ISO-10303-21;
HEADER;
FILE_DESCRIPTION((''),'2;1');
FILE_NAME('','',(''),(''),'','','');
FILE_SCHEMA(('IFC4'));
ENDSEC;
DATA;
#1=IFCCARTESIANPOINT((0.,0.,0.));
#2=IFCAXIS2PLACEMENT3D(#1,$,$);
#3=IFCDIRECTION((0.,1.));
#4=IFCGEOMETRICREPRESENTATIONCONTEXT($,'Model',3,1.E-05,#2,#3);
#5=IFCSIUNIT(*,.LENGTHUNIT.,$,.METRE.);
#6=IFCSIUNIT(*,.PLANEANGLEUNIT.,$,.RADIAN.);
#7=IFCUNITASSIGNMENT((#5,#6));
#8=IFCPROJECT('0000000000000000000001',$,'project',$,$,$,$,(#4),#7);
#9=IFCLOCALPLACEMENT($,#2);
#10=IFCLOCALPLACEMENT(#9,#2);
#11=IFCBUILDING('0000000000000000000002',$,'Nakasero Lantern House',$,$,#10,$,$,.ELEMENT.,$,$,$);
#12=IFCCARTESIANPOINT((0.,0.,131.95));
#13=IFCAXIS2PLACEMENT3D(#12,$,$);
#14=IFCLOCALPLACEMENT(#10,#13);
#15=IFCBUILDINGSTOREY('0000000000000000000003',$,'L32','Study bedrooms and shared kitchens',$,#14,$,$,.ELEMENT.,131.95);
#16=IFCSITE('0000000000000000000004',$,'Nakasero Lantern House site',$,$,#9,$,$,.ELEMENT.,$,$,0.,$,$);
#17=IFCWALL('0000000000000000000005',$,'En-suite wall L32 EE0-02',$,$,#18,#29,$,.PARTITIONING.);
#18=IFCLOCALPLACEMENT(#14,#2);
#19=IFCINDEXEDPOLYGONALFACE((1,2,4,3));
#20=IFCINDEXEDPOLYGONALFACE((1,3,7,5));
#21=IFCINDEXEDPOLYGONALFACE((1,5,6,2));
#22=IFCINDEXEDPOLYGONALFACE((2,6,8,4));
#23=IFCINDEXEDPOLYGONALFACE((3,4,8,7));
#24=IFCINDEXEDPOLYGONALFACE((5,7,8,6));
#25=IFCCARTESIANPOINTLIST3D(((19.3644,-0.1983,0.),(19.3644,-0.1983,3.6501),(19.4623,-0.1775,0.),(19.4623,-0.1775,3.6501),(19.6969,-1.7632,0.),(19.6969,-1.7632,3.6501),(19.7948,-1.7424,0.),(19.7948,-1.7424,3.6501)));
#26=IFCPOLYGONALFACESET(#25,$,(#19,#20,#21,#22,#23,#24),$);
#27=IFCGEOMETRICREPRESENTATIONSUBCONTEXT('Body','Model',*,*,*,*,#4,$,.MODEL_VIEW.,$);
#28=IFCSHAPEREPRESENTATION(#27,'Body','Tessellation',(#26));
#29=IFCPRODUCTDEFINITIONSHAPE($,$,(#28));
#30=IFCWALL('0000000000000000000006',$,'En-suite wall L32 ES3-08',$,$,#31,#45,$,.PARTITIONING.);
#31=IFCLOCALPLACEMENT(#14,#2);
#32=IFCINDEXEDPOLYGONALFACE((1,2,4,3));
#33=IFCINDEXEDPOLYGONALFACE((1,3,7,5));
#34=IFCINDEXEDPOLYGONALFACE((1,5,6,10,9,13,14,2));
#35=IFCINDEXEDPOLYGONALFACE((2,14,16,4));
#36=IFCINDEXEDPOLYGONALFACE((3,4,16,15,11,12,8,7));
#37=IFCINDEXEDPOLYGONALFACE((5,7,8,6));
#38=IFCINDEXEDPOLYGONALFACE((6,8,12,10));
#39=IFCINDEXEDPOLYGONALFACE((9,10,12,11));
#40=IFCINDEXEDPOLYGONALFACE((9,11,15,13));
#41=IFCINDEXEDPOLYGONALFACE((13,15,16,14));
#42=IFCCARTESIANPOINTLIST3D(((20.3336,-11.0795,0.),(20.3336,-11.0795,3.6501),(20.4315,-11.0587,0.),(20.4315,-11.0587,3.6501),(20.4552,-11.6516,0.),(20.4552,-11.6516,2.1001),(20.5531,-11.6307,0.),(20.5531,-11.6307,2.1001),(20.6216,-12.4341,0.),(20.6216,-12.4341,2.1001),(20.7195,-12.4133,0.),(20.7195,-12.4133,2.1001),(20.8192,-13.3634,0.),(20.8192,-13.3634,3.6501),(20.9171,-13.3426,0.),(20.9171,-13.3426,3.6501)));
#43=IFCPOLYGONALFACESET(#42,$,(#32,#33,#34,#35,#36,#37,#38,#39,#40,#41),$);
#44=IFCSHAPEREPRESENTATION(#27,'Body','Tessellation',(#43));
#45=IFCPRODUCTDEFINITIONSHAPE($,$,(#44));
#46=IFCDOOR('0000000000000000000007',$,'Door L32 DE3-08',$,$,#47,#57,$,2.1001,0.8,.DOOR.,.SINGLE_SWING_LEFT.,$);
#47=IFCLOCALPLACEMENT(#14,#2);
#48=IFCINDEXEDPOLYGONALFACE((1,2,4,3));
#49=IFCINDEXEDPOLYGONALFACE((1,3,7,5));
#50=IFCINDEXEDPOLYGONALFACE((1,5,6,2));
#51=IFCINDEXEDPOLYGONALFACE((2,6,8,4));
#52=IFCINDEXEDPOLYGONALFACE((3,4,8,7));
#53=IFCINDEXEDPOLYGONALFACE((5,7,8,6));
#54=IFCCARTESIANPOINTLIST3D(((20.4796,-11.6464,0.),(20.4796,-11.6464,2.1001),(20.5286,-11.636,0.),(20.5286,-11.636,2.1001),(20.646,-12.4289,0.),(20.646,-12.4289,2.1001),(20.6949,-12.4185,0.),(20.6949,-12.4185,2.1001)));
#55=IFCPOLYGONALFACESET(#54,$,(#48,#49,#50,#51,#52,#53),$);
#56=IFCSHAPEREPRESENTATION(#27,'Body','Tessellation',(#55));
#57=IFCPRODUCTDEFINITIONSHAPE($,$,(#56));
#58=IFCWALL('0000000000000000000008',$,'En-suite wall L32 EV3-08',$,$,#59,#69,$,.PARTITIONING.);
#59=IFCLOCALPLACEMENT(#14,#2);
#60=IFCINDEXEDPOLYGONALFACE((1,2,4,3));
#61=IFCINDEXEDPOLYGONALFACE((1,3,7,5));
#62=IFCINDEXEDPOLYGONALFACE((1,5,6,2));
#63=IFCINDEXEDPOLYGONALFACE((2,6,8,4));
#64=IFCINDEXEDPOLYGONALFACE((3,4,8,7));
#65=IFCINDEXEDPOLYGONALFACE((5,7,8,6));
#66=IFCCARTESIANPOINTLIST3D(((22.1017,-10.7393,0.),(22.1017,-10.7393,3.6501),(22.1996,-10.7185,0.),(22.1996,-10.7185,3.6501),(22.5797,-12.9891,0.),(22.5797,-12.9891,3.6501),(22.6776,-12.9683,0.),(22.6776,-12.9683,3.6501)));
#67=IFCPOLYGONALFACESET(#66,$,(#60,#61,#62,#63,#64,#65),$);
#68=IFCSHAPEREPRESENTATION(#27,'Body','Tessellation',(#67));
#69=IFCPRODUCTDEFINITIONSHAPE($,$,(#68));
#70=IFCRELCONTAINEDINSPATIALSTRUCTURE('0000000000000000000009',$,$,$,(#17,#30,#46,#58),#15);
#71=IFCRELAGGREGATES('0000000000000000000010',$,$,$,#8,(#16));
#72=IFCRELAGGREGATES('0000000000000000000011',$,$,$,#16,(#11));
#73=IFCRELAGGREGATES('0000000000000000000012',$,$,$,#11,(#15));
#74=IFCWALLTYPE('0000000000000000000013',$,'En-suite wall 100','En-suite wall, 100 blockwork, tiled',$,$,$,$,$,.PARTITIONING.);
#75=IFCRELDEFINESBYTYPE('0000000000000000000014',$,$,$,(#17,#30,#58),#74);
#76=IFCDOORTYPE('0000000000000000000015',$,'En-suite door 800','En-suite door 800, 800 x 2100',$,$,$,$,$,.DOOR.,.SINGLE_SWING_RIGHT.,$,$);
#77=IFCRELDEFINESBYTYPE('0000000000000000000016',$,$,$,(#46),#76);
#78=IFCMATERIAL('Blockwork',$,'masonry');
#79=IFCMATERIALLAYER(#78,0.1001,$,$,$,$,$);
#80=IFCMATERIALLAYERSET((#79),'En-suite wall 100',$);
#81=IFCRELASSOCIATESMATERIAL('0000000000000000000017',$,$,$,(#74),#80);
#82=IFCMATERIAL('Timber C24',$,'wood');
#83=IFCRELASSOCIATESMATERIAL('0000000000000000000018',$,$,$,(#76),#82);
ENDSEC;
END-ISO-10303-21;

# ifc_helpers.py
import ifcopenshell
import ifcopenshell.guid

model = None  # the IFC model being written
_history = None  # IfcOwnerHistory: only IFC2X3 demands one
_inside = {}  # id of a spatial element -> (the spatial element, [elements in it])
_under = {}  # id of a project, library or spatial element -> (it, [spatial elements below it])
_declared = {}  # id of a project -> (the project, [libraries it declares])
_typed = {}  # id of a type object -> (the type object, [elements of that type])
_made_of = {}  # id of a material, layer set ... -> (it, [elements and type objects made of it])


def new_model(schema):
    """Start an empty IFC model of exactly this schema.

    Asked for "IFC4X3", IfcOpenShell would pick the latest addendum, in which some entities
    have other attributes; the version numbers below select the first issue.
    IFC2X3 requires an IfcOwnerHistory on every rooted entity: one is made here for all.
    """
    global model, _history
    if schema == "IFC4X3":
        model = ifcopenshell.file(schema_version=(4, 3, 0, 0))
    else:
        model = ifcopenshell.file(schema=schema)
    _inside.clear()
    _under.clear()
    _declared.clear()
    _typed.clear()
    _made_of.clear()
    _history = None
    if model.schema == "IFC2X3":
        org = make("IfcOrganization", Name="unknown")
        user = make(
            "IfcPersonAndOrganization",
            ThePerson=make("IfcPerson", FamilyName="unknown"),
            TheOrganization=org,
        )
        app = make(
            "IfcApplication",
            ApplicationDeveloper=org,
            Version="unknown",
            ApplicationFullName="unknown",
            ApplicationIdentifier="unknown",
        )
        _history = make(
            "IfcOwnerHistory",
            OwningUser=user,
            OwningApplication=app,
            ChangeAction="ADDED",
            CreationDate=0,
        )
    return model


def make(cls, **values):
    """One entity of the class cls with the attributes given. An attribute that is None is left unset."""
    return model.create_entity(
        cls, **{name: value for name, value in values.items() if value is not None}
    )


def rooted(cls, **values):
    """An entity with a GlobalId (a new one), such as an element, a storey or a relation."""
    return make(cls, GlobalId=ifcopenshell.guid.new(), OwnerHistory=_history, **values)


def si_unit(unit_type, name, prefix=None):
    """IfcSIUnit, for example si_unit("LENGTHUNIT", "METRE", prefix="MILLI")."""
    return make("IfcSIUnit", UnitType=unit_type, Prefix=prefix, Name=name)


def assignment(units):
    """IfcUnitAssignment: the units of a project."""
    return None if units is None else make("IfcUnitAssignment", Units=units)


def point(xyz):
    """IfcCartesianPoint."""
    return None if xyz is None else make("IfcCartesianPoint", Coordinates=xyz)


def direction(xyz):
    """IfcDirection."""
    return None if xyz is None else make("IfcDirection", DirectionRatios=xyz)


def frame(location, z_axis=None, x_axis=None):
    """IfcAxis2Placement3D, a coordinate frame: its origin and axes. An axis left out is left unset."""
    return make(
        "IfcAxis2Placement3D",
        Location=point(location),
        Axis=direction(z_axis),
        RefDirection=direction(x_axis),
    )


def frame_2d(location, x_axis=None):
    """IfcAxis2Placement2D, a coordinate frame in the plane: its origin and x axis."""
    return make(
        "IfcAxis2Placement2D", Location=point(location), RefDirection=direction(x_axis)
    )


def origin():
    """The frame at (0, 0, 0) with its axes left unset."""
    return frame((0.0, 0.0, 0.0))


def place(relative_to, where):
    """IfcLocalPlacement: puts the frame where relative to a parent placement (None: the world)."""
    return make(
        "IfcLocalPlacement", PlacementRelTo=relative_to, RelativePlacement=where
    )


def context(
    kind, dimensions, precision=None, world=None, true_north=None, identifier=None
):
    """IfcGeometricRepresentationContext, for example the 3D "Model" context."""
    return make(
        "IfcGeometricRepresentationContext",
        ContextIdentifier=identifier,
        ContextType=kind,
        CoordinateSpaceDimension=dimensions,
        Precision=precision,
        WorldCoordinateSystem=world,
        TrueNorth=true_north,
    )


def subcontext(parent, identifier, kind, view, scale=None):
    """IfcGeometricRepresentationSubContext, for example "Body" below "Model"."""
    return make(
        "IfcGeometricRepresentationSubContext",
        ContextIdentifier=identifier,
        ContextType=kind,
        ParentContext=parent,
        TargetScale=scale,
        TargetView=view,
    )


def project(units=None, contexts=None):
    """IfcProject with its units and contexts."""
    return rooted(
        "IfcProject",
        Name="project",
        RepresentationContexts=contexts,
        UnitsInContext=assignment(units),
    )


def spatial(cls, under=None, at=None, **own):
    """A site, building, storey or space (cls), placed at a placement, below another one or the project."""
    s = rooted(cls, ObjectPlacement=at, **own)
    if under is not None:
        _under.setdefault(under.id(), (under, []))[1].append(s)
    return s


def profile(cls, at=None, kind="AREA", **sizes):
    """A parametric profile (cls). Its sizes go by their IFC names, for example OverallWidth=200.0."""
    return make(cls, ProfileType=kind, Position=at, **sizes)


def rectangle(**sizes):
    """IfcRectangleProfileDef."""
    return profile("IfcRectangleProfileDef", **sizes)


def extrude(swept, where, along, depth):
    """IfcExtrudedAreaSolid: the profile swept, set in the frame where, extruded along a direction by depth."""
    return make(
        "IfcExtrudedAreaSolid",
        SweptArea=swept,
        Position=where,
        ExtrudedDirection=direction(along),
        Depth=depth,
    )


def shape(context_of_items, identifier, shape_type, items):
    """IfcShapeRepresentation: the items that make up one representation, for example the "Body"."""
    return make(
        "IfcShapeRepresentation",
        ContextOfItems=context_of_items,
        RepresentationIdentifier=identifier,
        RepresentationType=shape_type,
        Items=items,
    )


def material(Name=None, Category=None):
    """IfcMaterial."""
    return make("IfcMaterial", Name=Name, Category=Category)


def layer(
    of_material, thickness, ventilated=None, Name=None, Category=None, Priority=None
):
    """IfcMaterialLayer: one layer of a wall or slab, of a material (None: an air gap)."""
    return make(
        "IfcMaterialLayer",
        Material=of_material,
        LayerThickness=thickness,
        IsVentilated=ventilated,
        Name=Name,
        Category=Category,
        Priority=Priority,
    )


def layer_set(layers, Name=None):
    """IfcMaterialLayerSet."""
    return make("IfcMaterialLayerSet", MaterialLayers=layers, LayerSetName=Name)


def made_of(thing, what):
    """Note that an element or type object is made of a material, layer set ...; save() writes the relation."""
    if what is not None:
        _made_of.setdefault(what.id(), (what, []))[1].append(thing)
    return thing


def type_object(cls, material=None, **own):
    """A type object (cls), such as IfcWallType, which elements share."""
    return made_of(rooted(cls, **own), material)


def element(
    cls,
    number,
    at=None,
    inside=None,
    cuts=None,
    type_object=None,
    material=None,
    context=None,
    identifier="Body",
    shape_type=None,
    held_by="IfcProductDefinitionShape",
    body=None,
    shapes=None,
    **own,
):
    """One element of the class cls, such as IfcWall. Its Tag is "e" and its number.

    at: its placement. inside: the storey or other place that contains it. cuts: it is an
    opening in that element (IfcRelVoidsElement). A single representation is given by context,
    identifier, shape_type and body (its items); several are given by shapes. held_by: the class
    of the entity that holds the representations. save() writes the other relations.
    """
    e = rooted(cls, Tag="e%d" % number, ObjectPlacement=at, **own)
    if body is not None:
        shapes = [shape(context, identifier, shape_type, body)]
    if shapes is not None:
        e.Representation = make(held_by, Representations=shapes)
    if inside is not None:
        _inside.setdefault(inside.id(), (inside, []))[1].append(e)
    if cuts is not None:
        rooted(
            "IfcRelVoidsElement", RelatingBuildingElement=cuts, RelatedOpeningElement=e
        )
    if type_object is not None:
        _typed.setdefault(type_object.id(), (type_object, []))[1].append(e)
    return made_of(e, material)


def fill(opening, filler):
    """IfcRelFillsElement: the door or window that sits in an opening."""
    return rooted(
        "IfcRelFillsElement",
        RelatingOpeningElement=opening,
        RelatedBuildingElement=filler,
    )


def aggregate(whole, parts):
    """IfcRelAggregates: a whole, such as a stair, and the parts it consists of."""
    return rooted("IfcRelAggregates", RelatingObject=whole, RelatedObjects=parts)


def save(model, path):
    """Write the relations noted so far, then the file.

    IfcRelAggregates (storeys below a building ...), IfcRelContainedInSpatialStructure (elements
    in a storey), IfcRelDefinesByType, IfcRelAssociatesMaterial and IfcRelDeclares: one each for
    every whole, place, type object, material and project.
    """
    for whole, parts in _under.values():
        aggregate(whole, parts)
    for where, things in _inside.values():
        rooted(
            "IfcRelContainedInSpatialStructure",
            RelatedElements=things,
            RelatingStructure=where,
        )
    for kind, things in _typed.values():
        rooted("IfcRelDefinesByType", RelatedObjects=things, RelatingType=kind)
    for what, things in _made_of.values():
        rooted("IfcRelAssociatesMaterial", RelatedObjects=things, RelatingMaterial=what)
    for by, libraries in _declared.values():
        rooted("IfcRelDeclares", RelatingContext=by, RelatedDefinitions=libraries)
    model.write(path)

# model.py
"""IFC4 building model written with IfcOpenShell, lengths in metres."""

from ifc_helpers import new_model, si_unit, direction, frame, frame_2d, origin, place, context, subcontext, project, spatial, rectangle, extrude, material, layer, layer_set, type_object, element, fill, save


model = new_model("IFC4")

# Units and contexts
model_context = context("Model", 3, precision=1e-05, world=origin(), true_north=direction((0.0, 1.0)))
body_context = subcontext(model_context, "Body", "Model", "MODEL_VIEW")
ifc_project = project(units=[si_unit("LENGTHUNIT", "METRE"), si_unit("PLANEANGLEUNIT", "RADIAN")], contexts=[model_context])

# Site, building, storey
site_placement = place(None, origin())
site = spatial("IfcSite", under=ifc_project, at=site_placement, Name="Nakasero Lantern House site", CompositionType="ELEMENT", RefElevation=0.0)
building_placement = place(site_placement, origin())
building = spatial("IfcBuilding", under=site, at=building_placement, Name="Nakasero Lantern House", CompositionType="ELEMENT")
storey_placement = place(building_placement, frame((0.0, 0.0, 131.95)))
storey = spatial("IfcBuildingStorey", under=building, at=storey_placement, Name="L32", Description="Study bedrooms and shared kitchens", CompositionType="ELEMENT", Elevation=131.95)

# Shared definitions
ifc_material_1 = material(Name="Blockwork", Category="masonry")
ifc_layer_1 = layer(ifc_material_1, 0.1001)
ifc_layer_set_1 = layer_set([ifc_layer_1], Name="En-suite wall 100")
wall_type_1 = type_object("IfcWallType", Name="En-suite wall 100", Description="En-suite wall, 100 blockwork, tiled", PredefinedType="PARTITIONING", material=ifc_layer_set_1)

# Shared definitions
ifc_material_2 = material(Name="Timber C24", Category="wood")
door_type_1 = type_object("IfcDoorType", Name="En-suite door 800", Description="En-suite door 800, 800 x 2100", OperationType="SINGLE_SWING_RIGHT", PredefinedType="DOOR", material=ifc_material_2)

# Wall
wall_1_placement = place(storey_placement, frame((19.7458, -1.7527, 0.0), z_axis=(0.0, 0.0, 1.0), x_axis=(-0.207841, 0.978163, 0.0)))
element("IfcWall", 1, at=wall_1_placement, inside=storey, type_object=wall_type_1, Name="En-suite wall L32 EE0-02", PredefinedType="PARTITIONING", context=body_context, shape_type="SweptSolid", body=[
    extrude(rectangle(XDim=1.5999, YDim=0.1001, at=frame_2d((0.7998, 0.0))), origin(), (0.0, 0.0, 1.0), 3.6501),
])

# Wall, opening, door
wall_2_placement = place(storey_placement, frame((20.3826, -11.0691, 0.0), z_axis=(0.0, 0.0, 1.0), x_axis=(0.207965, -0.978136, 0.0)))
wall_2 = element("IfcWall", 2, at=wall_2_placement, inside=storey, type_object=wall_type_1, Name="En-suite wall L32 ES3-08", PredefinedType="PARTITIONING", context=body_context, shape_type="SweptSolid", body=[
    extrude(rectangle(XDim=2.335, YDim=0.1001, at=frame_2d((1.1675, 0.0))), origin(), (0.0, 0.0, 1.0), 3.6501),
])
opening_1_placement = place(wall_2_placement, frame((0.585, 0.0, 0.0)))
opening_1 = element("IfcOpeningElement", 3, at=opening_1_placement, cuts=wall_2, PredefinedType="OPENING", context=body_context, shape_type="SweptSolid", body=[
    extrude(rectangle(XDim=0.8, YDim=2.1001, at=frame_2d((0.3999, 1.05))), frame((0.0, 0.0701, 0.0), z_axis=(0.0, -1.0, 0.0), x_axis=(1.0, 0.0, 0.0)), (0.0, 0.0, 1.0), 0.1401),
])
door_1_placement = place(opening_1_placement, origin())
door_1 = element("IfcDoor", 4, at=door_1_placement, inside=storey, type_object=door_type_1, Name="Door L32 DE3-08", OperationType="SINGLE_SWING_LEFT", OverallHeight=2.1001, OverallWidth=0.8, PredefinedType="DOOR", context=body_context, shape_type="SweptSolid", body=[
    extrude(rectangle(XDim=0.8, YDim=2.1001, at=frame_2d((0.3999, 1.05))), frame((0.0, 0.0249, 0.0), z_axis=(0.0, -1.0, 0.0), x_axis=(1.0, 0.0, 0.0)), (0.0, 0.0, 1.0), 0.05),
])
fill(opening_1, door_1)

# Wall
wall_3_placement = place(storey_placement, frame((22.1506, -10.729, 0.0), z_axis=(0.0, 0.0, 1.0), x_axis=(0.20784, -0.978163, 0.0)))
element("IfcWall", 5, at=wall_3_placement, inside=storey, type_object=wall_type_1, Name="En-suite wall L32 EV3-08", PredefinedType="PARTITIONING", context=body_context, shape_type="SweptSolid", body=[
    extrude(rectangle(XDim=2.3, YDim=0.1001, at=frame_2d((1.1499, 0.0))), origin(), (0.0, 0.0, 1.0), 3.6501),
])

save(model, "model.ifc")
